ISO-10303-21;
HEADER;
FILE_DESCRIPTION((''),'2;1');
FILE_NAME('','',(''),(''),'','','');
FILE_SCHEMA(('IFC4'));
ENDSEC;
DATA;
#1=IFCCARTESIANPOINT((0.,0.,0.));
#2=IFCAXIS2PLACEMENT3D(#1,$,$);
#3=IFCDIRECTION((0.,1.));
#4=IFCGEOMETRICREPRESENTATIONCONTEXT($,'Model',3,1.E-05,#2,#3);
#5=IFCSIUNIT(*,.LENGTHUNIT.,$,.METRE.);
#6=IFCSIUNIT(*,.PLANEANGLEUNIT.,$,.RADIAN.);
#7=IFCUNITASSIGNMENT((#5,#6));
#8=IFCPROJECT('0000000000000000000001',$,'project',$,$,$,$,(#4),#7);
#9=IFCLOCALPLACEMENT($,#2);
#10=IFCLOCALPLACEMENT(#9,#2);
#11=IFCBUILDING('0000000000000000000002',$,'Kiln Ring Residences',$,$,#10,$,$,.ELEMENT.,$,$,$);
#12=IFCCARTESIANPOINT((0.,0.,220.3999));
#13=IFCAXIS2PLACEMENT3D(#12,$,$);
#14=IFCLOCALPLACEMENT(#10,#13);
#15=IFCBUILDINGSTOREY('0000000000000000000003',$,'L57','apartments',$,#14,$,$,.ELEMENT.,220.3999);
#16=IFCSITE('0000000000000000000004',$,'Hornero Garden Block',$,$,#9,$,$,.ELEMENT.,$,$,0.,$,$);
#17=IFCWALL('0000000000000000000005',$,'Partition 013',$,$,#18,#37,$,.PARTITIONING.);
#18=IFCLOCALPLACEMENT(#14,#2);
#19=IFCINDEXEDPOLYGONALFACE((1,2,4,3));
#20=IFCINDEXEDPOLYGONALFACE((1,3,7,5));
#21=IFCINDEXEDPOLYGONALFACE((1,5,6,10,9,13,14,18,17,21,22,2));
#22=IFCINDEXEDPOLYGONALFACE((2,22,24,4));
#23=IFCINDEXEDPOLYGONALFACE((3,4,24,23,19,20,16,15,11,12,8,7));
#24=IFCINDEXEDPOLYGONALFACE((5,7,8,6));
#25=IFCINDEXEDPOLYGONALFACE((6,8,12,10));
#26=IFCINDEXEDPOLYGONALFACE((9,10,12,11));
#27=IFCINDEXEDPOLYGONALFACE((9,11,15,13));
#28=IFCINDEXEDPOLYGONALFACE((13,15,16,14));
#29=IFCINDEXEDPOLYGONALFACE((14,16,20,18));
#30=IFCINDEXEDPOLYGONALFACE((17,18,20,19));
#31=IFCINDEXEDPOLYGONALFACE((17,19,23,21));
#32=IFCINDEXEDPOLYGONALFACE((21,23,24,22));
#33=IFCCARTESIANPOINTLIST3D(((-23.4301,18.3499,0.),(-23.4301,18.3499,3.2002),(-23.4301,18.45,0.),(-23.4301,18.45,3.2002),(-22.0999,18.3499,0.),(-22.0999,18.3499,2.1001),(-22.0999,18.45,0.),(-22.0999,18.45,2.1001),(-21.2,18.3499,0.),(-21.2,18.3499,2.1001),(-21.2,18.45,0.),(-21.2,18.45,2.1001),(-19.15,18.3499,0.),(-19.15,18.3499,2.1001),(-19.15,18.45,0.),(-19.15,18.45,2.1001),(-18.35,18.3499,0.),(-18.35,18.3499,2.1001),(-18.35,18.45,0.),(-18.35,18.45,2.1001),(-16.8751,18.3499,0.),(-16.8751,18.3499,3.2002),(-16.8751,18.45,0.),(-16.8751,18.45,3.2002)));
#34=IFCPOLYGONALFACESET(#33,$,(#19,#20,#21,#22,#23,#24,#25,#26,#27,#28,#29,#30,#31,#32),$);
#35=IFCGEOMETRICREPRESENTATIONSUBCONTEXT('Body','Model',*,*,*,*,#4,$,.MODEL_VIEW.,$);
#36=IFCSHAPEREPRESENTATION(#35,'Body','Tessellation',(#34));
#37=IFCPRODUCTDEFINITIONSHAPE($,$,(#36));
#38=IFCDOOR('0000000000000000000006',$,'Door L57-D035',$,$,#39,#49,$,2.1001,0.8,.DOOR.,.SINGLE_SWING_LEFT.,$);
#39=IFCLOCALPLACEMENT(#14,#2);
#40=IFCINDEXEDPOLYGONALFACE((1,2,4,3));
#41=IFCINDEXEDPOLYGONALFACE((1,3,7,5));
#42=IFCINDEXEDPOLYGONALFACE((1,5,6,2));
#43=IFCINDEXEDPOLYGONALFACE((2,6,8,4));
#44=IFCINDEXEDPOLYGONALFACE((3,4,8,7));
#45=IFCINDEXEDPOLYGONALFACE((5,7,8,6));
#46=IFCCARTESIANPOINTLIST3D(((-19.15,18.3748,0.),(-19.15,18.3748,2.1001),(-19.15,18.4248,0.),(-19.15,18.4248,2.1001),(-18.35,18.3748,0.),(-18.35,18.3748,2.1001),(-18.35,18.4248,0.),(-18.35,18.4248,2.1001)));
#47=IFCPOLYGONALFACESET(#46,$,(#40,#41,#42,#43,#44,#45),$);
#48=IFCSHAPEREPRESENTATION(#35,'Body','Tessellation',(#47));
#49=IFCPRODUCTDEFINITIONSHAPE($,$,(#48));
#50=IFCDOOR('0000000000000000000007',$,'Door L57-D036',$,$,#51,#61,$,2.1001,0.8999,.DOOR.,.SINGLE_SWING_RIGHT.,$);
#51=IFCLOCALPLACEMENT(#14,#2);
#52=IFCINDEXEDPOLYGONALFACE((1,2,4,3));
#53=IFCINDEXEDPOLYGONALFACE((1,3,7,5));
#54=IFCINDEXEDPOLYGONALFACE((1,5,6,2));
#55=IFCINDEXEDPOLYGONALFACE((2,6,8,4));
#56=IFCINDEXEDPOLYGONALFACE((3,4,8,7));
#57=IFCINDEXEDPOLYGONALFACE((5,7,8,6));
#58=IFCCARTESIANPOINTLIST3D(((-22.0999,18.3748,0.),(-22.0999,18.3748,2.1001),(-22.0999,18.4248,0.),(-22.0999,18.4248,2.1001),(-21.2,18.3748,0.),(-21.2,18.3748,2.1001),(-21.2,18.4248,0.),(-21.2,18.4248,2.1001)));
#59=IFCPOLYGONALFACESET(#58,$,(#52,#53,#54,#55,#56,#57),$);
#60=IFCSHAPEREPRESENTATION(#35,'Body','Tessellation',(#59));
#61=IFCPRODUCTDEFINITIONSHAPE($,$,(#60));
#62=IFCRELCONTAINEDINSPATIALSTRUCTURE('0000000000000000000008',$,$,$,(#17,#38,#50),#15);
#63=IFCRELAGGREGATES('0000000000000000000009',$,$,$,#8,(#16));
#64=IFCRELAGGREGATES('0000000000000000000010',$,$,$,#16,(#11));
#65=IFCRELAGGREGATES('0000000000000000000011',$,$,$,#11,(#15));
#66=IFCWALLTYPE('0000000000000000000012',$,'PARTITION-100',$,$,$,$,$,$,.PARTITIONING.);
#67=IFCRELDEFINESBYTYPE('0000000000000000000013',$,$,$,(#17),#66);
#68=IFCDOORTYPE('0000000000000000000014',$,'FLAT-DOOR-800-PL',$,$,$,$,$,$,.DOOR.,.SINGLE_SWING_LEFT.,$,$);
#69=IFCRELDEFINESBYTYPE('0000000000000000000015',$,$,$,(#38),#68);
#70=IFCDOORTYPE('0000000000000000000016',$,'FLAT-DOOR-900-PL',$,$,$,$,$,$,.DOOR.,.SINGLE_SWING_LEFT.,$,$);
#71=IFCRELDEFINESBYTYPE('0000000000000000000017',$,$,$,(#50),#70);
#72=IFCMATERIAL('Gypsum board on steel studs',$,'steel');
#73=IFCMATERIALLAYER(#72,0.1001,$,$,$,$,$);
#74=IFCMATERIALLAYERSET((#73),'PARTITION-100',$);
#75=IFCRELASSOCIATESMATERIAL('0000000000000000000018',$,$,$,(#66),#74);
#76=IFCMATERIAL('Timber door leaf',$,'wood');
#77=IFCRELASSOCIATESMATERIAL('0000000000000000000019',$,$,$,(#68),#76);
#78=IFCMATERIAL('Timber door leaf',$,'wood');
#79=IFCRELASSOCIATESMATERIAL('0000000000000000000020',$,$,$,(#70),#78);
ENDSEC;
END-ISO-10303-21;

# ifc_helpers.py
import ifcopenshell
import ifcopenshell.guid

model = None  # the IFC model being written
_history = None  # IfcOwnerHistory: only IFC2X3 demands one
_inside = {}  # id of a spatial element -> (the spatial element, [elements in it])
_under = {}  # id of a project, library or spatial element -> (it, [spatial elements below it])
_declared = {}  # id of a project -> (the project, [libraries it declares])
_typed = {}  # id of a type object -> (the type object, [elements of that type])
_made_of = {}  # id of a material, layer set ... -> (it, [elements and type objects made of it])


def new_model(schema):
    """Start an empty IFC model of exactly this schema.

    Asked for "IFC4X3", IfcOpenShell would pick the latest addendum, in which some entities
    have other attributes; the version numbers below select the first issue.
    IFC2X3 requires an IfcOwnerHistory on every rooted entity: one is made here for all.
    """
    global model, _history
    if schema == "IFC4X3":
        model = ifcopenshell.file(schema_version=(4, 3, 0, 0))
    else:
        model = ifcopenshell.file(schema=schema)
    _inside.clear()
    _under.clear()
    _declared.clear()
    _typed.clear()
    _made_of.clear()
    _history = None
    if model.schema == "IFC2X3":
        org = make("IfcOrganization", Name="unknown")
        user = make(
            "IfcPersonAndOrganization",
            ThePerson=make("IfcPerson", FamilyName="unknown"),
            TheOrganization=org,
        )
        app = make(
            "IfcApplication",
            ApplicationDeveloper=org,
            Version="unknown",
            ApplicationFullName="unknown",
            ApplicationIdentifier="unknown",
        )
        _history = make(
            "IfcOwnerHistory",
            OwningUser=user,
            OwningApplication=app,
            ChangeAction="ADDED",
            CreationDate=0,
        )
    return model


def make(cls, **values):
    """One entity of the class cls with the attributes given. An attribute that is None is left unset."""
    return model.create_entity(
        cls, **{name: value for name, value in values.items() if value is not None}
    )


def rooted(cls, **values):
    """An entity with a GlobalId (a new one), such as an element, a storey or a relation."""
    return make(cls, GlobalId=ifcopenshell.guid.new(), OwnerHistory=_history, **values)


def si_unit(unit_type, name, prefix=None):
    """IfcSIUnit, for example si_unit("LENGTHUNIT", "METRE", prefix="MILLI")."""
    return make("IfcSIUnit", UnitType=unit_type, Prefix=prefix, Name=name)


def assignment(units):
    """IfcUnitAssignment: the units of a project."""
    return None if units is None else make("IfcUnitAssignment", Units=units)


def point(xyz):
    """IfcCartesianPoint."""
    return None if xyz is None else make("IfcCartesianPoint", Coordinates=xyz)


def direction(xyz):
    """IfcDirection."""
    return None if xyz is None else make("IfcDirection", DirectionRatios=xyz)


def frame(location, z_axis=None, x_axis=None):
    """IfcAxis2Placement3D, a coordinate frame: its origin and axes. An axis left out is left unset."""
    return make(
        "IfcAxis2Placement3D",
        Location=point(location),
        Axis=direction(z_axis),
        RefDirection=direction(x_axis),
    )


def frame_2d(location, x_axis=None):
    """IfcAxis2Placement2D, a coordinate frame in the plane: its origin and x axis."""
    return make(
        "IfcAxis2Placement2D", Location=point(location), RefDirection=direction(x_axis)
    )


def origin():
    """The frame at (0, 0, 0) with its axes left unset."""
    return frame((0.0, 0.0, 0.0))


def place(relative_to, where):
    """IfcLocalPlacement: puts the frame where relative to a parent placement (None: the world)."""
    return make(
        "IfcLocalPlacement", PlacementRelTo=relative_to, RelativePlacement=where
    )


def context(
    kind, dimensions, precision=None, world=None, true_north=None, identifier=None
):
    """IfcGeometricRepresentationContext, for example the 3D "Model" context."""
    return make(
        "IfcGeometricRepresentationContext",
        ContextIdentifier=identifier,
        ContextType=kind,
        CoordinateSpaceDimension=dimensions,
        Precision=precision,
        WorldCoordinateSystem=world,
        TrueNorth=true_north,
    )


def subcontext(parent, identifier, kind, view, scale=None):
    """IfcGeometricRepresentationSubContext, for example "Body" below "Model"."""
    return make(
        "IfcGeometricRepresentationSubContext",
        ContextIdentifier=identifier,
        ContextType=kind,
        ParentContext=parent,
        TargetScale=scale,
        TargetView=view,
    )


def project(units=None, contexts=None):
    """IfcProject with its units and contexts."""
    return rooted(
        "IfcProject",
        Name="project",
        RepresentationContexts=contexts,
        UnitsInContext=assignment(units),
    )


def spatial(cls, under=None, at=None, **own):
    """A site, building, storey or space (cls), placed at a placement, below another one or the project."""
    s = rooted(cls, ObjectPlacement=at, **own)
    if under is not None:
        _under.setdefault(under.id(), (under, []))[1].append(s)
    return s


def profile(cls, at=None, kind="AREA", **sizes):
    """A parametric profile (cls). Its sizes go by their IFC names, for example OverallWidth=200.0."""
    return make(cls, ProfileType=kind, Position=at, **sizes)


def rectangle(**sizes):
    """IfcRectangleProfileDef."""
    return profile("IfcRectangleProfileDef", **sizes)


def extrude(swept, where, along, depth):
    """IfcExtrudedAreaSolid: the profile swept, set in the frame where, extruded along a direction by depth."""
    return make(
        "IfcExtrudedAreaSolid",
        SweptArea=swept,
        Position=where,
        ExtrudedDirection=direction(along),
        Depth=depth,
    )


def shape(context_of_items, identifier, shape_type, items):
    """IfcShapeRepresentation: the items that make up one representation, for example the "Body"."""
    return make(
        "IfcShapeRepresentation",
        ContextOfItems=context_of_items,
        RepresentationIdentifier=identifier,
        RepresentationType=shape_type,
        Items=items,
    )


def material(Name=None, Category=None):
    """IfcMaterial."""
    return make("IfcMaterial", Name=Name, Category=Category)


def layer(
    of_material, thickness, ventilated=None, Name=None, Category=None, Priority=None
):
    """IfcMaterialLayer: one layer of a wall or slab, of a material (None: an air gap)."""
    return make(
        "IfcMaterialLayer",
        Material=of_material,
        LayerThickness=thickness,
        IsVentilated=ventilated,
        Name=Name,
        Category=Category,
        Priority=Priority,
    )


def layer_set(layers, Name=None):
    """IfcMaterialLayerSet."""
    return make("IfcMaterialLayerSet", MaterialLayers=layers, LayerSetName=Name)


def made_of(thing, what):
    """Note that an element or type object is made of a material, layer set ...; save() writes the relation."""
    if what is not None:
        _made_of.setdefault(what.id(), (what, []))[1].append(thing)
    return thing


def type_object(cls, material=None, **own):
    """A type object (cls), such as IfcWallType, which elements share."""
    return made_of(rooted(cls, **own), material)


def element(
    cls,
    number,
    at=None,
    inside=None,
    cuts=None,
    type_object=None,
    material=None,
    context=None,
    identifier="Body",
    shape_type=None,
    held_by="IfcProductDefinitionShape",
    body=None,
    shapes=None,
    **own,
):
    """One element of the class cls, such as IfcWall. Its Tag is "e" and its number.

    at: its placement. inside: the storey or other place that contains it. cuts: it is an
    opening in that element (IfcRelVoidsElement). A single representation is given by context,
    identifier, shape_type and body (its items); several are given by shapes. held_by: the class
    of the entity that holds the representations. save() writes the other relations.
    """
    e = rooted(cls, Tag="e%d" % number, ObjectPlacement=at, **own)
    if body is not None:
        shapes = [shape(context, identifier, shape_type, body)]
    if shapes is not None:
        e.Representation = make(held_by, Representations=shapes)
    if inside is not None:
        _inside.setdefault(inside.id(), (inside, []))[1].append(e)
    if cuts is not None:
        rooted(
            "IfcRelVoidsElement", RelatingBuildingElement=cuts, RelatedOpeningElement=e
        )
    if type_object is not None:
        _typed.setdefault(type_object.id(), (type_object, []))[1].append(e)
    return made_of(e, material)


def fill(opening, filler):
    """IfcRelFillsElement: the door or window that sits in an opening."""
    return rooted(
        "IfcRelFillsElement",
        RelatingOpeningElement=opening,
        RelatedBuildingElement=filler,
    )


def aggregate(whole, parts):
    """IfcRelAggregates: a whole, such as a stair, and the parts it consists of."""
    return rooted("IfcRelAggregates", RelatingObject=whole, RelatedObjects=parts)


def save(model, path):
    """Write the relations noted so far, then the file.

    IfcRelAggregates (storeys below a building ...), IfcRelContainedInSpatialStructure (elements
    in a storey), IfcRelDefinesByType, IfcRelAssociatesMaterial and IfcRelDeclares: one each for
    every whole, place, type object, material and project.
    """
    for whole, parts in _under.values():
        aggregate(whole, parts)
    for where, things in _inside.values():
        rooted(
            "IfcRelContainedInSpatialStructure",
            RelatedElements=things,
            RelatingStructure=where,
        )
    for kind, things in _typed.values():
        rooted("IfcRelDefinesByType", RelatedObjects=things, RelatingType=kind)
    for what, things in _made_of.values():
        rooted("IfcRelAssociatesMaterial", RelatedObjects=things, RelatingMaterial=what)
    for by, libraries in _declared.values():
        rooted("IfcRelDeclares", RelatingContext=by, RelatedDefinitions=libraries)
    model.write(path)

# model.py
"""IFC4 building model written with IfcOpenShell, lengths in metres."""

from ifc_helpers import new_model, si_unit, direction, frame, frame_2d, origin, place, context, subcontext, project, spatial, rectangle, extrude, material, layer, layer_set, type_object, element, fill, save


model = new_model("IFC4")

# Units and contexts
model_context = context("Model", 3, precision=1e-05, world=origin(), true_north=direction((0.0, 1.0)))
body_context = subcontext(model_context, "Body", "Model", "MODEL_VIEW")
ifc_project = project(units=[si_unit("LENGTHUNIT", "METRE"), si_unit("PLANEANGLEUNIT", "RADIAN")], contexts=[model_context])

# Site, building, storey
site_placement = place(None, origin())
site = spatial("IfcSite", under=ifc_project, at=site_placement, Name="Hornero Garden Block", CompositionType="ELEMENT", RefElevation=0.0)
building_placement = place(site_placement, origin())
building = spatial("IfcBuilding", under=site, at=building_placement, Name="Kiln Ring Residences", CompositionType="ELEMENT")
storey_placement = place(building_placement, frame((0.0, 0.0, 220.3999)))
storey = spatial("IfcBuildingStorey", under=building, at=storey_placement, Name="L57", Description="apartments", CompositionType="ELEMENT", Elevation=220.3999)

# Wall, openings, doors
ifc_material_1 = material(Name="Gypsum board on steel studs", Category="steel")
ifc_layer_1 = layer(ifc_material_1, 0.1001)
ifc_layer_set_1 = layer_set([ifc_layer_1], Name="PARTITION-100")
wall_type_1 = type_object("IfcWallType", Name="PARTITION-100", PredefinedType="PARTITIONING", material=ifc_layer_set_1)
wall_1_placement = place(storey_placement, frame((-23.4299, 18.3999, 0.0), z_axis=(0.0, 0.0, 1.0), x_axis=(1.0, 0.0, 0.0)))
wall_1 = element("IfcWall", 1, at=wall_1_placement, inside=storey, type_object=wall_type_1, Name="Partition 013", PredefinedType="PARTITIONING", context=body_context, shape_type="SweptSolid", body=[
    extrude(rectangle(XDim=6.5549, YDim=0.1001, at=frame_2d((3.2773, 0.0))), origin(), (0.0, 0.0, 1.0), 3.2002),
])
opening_1_placement = place(wall_1_placement, frame((4.28, 0.0, 0.0)))
opening_1 = element("IfcOpeningElement", 2, at=opening_1_placement, cuts=wall_1, PredefinedType="OPENING", context=body_context, shape_type="SweptSolid", body=[
    extrude(rectangle(XDim=0.8, YDim=2.1001, at=frame_2d((0.3999, 1.05))), frame((0.0, 0.0601, 0.0), z_axis=(0.0, -1.0, 0.0), x_axis=(1.0, 0.0, 0.0)), (0.0, 0.0, 1.0), 0.1201),
])
opening_2_placement = place(wall_1_placement, frame((1.3301, 0.0, 0.0)))
opening_2 = element("IfcOpeningElement", 3, at=opening_2_placement, cuts=wall_1, PredefinedType="OPENING", context=body_context, shape_type="SweptSolid", body=[
    extrude(rectangle(XDim=0.8999, YDim=2.1001, at=frame_2d((0.45, 1.05))), frame((0.0, 0.0601, 0.0), z_axis=(0.0, -1.0, 0.0), x_axis=(1.0, 0.0, 0.0)), (0.0, 0.0, 1.0), 0.1201),
])
ifc_material_2 = material(Name="Timber door leaf", Category="wood")
door_type_1 = type_object("IfcDoorType", Name="FLAT-DOOR-800-PL", OperationType="SINGLE_SWING_LEFT", PredefinedType="DOOR", material=ifc_material_2)
door_1_placement = place(opening_1_placement, origin())
door_1 = element("IfcDoor", 4, at=door_1_placement, inside=storey, type_object=door_type_1, Name="Door L57-D035", OperationType="SINGLE_SWING_LEFT", OverallHeight=2.1001, OverallWidth=0.8, PredefinedType="DOOR", context=body_context, shape_type="SweptSolid", body=[
    extrude(rectangle(XDim=0.8, YDim=2.1001, at=frame_2d((0.3999, 1.05))), frame((0.0, 0.0249, 0.0), z_axis=(0.0, -1.0, 0.0), x_axis=(1.0, 0.0, 0.0)), (0.0, 0.0, 1.0), 0.05),
])
fill(opening_1, door_1)
ifc_material_3 = material(Name="Timber door leaf", Category="wood")
door_type_2 = type_object("IfcDoorType", Name="FLAT-DOOR-900-PL", OperationType="SINGLE_SWING_LEFT", PredefinedType="DOOR", material=ifc_material_3)
door_2_placement = place(opening_2_placement, origin())
door_2 = element("IfcDoor", 5, at=door_2_placement, inside=storey, type_object=door_type_2, Name="Door L57-D036", OperationType="SINGLE_SWING_RIGHT", OverallHeight=2.1001, OverallWidth=0.8999, PredefinedType="DOOR", context=body_context, shape_type="SweptSolid", body=[
    extrude(rectangle(XDim=0.8999, YDim=2.1001, at=frame_2d((0.45, 1.05))), frame((0.0, 0.0249, 0.0), z_axis=(0.0, -1.0, 0.0), x_axis=(1.0, 0.0, 0.0)), (0.0, 0.0, 1.0), 0.05),
])
fill(opening_2, door_2)

save(model, "model.ifc")
